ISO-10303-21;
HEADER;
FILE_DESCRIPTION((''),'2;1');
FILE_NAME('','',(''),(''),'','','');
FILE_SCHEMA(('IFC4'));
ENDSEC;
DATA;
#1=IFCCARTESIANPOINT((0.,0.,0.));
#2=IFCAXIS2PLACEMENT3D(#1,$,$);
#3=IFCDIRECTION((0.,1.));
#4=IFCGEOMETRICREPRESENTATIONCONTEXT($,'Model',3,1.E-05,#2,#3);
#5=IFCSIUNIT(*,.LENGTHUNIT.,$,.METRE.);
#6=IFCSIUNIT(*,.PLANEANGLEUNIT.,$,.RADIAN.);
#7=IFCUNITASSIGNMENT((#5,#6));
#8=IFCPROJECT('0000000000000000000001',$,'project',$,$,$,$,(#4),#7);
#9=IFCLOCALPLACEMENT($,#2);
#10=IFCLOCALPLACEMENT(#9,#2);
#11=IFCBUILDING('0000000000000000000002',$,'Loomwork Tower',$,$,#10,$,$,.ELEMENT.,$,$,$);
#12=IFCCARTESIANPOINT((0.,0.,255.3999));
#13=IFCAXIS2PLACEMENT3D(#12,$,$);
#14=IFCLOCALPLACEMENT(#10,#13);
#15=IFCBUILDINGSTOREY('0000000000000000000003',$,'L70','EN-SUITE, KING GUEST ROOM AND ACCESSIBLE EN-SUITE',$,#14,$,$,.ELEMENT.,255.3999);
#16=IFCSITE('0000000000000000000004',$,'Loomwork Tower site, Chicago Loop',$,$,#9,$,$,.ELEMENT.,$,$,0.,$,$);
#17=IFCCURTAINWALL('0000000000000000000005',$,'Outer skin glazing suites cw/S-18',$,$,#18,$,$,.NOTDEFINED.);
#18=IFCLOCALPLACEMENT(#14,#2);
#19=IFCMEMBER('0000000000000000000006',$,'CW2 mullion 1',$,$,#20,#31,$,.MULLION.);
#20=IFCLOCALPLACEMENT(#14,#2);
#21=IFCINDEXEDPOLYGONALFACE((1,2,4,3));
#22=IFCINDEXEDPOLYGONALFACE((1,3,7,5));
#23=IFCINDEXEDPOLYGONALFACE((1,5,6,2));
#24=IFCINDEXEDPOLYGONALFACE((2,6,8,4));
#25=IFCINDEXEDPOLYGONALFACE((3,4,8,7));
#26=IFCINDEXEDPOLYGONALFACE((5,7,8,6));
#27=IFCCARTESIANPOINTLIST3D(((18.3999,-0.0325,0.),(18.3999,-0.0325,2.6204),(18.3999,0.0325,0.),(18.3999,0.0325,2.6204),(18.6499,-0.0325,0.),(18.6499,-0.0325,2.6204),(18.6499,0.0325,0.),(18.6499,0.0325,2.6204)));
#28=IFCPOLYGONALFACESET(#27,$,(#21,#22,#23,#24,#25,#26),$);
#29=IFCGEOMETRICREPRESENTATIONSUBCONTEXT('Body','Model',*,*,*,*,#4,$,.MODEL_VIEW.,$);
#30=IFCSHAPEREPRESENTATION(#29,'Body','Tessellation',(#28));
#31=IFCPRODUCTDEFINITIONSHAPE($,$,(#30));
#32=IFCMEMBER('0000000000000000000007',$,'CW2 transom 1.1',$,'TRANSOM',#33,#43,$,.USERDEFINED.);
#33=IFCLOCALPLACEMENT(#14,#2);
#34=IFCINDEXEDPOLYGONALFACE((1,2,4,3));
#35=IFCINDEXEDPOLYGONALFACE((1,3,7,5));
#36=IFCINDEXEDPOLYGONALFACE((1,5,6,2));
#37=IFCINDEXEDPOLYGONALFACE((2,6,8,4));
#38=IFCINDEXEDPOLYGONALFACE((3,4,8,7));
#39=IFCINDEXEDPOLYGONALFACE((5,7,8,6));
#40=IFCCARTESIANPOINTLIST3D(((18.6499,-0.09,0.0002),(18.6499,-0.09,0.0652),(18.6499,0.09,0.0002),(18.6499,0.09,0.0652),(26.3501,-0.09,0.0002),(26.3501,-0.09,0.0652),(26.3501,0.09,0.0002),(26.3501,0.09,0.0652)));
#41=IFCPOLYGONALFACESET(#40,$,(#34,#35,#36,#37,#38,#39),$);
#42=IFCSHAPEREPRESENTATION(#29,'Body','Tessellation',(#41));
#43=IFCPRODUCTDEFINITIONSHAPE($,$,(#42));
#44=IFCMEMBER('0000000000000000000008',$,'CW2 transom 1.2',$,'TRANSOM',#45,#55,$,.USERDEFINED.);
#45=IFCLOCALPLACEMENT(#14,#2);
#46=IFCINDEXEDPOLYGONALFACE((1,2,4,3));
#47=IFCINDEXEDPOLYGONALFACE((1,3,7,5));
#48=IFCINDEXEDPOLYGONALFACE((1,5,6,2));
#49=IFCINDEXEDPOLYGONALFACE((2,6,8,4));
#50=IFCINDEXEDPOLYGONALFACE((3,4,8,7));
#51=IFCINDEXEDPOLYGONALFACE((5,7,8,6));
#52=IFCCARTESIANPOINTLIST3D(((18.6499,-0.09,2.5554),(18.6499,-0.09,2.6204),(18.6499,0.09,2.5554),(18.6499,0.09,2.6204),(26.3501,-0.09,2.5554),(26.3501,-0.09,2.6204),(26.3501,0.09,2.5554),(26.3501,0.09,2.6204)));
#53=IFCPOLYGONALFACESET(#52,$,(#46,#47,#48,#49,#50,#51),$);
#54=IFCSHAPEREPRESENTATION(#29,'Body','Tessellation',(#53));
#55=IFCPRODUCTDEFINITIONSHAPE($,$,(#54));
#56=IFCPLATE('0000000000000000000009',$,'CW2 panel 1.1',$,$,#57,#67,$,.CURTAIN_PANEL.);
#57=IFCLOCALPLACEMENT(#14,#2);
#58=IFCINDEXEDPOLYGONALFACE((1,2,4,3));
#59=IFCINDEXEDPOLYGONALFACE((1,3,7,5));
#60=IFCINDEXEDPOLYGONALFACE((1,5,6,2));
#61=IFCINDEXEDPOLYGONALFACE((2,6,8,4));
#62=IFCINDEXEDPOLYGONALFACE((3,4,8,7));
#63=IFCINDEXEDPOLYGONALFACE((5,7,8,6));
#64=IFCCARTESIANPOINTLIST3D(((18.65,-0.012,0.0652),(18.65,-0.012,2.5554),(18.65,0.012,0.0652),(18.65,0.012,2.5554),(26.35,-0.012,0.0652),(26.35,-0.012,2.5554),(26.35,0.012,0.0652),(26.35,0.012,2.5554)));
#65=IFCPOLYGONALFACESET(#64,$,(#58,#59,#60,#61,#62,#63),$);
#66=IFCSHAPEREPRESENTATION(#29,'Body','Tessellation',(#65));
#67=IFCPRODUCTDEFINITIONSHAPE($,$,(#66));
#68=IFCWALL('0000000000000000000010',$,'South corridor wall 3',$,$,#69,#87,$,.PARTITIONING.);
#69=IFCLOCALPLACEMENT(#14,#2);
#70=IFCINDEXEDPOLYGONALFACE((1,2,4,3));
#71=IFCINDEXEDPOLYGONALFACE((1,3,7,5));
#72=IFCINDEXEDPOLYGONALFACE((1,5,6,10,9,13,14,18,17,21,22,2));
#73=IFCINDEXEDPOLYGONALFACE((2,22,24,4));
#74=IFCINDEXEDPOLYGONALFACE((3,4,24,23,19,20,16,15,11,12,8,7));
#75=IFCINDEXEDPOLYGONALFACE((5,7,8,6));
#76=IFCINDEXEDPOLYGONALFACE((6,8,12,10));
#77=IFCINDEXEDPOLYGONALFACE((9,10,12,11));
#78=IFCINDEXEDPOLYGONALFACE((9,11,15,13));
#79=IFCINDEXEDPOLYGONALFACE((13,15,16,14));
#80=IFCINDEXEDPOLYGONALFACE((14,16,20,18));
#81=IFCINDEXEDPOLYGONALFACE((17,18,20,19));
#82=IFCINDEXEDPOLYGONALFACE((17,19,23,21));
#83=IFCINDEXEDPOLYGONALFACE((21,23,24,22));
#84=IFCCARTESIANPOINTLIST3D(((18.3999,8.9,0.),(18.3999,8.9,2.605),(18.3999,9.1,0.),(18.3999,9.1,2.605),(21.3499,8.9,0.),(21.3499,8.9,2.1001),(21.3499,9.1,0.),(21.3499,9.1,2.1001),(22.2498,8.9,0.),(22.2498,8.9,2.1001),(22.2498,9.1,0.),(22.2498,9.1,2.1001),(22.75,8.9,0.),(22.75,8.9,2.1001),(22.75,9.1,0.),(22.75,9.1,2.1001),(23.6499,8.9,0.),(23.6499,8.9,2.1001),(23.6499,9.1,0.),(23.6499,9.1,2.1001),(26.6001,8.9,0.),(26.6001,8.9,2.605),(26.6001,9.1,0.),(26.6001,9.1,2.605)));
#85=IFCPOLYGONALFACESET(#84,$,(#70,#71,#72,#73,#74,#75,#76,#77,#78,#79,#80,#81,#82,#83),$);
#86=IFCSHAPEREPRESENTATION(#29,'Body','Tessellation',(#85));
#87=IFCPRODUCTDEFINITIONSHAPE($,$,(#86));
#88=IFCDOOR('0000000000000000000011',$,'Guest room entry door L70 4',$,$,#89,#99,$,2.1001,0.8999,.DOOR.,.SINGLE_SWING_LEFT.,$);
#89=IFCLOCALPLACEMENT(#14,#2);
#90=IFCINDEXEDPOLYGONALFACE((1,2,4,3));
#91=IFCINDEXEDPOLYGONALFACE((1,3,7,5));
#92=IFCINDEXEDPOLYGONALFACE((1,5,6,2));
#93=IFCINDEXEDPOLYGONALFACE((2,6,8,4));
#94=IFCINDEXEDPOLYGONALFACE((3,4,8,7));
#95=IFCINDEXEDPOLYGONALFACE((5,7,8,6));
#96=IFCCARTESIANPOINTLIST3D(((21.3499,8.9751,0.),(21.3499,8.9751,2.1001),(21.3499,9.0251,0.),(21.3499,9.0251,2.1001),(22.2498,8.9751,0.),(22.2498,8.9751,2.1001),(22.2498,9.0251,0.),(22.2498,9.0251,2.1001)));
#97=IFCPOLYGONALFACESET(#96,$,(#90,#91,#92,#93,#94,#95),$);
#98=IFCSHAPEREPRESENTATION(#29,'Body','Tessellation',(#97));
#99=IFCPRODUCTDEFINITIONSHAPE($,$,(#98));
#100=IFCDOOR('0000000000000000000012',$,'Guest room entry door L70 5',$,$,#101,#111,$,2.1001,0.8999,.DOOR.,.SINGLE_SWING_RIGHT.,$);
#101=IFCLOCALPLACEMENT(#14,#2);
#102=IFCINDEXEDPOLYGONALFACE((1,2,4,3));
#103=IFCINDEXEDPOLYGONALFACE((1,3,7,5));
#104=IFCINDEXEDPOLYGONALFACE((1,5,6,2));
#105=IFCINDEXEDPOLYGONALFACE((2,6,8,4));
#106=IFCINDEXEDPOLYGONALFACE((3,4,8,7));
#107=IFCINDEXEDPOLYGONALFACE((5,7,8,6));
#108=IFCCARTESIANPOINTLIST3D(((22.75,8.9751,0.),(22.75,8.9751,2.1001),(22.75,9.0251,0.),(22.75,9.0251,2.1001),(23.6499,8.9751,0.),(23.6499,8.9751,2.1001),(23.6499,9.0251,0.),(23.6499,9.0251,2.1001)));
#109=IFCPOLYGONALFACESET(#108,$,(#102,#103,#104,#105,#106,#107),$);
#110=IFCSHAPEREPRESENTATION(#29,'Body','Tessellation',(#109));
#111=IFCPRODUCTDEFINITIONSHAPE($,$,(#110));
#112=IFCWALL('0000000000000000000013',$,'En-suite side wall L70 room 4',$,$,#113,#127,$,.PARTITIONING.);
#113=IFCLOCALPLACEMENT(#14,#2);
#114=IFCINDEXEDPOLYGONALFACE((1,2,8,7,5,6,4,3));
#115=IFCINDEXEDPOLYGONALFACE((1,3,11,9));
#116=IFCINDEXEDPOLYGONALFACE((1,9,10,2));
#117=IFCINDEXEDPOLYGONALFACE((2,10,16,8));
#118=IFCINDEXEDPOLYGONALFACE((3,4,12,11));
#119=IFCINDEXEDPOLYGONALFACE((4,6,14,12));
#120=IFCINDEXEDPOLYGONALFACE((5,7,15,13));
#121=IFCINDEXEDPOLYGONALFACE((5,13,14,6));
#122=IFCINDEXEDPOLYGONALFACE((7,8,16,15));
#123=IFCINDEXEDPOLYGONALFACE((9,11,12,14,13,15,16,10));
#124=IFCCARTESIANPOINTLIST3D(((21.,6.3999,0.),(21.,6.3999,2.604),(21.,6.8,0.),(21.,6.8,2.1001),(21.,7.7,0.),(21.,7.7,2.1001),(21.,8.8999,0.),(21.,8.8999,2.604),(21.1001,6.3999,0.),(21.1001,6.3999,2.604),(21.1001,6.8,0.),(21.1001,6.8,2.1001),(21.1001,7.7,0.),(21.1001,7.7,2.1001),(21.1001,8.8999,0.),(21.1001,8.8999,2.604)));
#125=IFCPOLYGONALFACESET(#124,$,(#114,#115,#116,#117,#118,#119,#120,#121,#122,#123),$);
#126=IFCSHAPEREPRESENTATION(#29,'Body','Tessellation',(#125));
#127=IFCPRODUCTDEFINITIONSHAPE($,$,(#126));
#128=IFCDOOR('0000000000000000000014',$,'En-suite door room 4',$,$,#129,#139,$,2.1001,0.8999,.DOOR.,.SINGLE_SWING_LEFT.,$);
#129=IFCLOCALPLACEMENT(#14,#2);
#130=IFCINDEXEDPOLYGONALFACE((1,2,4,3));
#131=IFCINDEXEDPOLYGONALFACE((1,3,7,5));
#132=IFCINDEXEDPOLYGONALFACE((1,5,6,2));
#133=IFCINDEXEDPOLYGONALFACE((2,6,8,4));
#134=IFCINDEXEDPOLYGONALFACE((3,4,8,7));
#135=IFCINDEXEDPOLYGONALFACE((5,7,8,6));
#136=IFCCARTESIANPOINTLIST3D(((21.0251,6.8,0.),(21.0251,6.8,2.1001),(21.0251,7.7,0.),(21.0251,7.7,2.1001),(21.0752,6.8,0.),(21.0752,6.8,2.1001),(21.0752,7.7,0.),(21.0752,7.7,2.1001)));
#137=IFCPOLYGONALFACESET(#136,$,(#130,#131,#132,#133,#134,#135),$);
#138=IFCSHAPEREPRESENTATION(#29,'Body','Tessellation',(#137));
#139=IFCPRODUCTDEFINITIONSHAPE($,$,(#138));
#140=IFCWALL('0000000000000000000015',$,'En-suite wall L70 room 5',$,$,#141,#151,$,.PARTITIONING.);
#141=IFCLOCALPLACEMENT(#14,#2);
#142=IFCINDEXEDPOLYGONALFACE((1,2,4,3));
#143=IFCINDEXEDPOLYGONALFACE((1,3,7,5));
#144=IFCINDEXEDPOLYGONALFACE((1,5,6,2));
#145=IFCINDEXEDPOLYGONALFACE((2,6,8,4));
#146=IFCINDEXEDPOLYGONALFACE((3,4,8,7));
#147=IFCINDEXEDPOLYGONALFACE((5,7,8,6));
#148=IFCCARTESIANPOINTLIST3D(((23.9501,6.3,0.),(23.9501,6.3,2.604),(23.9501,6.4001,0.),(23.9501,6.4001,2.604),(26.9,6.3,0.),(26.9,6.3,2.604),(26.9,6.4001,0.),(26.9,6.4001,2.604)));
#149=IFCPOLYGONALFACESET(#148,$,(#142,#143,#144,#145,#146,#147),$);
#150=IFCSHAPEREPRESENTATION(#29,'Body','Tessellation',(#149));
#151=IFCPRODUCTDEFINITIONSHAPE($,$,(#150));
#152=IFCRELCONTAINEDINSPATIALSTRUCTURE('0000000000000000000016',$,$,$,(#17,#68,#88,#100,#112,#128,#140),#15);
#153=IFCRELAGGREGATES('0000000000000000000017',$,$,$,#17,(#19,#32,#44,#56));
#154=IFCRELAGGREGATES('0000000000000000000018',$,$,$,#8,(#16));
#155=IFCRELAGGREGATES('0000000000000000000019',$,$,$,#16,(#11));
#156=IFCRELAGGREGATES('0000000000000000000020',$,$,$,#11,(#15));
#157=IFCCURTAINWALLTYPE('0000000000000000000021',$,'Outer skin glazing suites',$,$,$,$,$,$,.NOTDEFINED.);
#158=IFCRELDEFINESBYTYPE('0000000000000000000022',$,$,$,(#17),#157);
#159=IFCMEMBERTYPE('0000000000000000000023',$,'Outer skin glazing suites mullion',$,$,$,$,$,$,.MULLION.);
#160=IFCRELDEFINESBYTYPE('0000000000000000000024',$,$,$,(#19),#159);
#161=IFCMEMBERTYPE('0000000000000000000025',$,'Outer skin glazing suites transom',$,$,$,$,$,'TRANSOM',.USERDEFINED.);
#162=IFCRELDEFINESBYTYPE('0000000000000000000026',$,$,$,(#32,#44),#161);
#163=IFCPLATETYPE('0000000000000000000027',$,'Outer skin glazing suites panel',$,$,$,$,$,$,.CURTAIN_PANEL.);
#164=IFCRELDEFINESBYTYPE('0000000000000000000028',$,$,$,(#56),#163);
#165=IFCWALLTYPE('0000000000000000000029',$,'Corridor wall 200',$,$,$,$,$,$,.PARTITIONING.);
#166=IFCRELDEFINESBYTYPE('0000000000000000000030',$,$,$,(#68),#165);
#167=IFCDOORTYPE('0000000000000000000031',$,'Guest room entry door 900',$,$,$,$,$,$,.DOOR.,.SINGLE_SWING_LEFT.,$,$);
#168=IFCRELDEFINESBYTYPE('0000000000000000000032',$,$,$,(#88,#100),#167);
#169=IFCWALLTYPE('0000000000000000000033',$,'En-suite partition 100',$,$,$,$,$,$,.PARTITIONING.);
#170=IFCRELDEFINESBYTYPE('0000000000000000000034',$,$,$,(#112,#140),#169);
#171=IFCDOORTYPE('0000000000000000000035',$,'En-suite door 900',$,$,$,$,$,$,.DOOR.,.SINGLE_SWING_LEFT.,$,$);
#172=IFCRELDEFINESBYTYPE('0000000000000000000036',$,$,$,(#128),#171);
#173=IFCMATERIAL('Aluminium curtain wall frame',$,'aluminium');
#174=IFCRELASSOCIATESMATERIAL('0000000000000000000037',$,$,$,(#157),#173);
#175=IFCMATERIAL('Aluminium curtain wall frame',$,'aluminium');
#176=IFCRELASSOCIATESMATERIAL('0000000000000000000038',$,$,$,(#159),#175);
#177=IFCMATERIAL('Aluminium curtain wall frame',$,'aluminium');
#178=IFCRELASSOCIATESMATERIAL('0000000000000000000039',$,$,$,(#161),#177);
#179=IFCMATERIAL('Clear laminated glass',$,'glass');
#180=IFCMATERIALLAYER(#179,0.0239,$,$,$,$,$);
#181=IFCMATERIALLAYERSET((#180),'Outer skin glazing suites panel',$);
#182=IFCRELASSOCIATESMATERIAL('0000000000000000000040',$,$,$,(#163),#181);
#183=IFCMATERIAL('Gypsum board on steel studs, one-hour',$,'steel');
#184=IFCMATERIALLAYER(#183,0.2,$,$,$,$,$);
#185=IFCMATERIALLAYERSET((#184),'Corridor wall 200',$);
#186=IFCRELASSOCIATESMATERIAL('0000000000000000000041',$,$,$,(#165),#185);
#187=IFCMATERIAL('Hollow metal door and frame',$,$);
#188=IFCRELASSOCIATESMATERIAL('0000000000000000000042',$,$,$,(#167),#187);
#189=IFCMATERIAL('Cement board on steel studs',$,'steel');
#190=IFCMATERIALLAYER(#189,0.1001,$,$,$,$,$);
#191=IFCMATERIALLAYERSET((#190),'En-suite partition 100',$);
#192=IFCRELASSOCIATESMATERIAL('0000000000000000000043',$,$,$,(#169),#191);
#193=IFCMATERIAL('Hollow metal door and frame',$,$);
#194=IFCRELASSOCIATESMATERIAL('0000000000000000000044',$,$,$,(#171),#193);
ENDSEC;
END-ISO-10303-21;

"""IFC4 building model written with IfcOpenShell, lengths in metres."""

from ifc_helpers import new_model, si_unit, direction, frame, frame_2d, origin, origin_2d, place, context, subcontext, project, spatial, rectangle, extrude, material, layer, layer_set, material_profile, profile_set, type_object, element, fill, aggregate, save


model = new_model("IFC4")

# Units and contexts
model_context = context("Model", 3, precision=1e-05, world=origin(), true_north=direction((0.0, 1.0)))
body_context = subcontext(model_context, "Body", "Model", "MODEL_VIEW")
ifc_project = project(units=[si_unit("LENGTHUNIT", "METRE"), si_unit("PLANEANGLEUNIT", "RADIAN")], contexts=[model_context])

# Site, building, storey
site_placement = place(None, origin())
site = spatial("IfcSite", under=ifc_project, at=site_placement, Name="Loomwork Tower site, Chicago Loop", CompositionType="ELEMENT", RefElevation=0.0)
building_placement = place(site_placement, origin())
building = spatial("IfcBuilding", under=site, at=building_placement, Name="Loomwork Tower", CompositionType="ELEMENT")
storey_placement = place(building_placement, frame((0.0, 0.0, 255.3999)))
storey = spatial("IfcBuildingStorey", under=building, at=storey_placement, Name="L70", Description="EN-SUITE, KING GUEST ROOM AND ACCESSIBLE EN-SUITE", CompositionType="ELEMENT", Elevation=255.3999)

# Curtain wall, members, plate
ifc_material_1 = material(Name="Aluminium curtain wall frame", Category="aluminium")
curtain_wall_type = type_object("IfcCurtainWallType", Name="Outer skin glazing suites", PredefinedType="NOTDEFINED", material=ifc_material_1)
curtain_wall_placement = place(storey_placement, origin())
curtain_wall = element("IfcCurtainWall", 1, at=curtain_wall_placement, inside=storey, type_object=curtain_wall_type, Name="Outer skin glazing suites cw/S-18", PredefinedType="NOTDEFINED")
ifc_material_2 = material(Name="Aluminium curtain wall frame", Category="aluminium")
ifc_material_profile_1 = material_profile(ifc_material_2, rectangle(XDim=0.0649, YDim=0.25, at=origin_2d()), Name="AL 65x250")
ifc_profile_set_1 = profile_set([ifc_material_profile_1], Name="Aluminium curtain wall frame")
member_type_1 = type_object("IfcMemberType", Name="Outer skin glazing suites mullion", PredefinedType="MULLION", material=ifc_profile_set_1)
member_1_placement = place(storey_placement, frame((18.5249, 0.0, 0.0), z_axis=(0.0, 0.0, 1.0), x_axis=(0.0, 1.0, 0.0)))
member_1 = element("IfcMember", 2, at=member_1_placement, type_object=member_type_1, Name="CW2 mullion 1", PredefinedType="MULLION", context=body_context, shape_type="SweptSolid", body=[
    extrude(rectangle(XDim=0.0649, YDim=0.25, at=origin_2d()), origin(), (0.0, 0.0, 1.0), 2.6204),
])
ifc_material_3 = material(Name="Aluminium curtain wall frame", Category="aluminium")
ifc_material_profile_2 = material_profile(ifc_material_3, rectangle(XDim=0.1799, YDim=0.0649, at=origin_2d()), Name="AL 65x180")
ifc_profile_set_2 = profile_set([ifc_material_profile_2], Name="Aluminium curtain wall frame")
member_type_2 = type_object("IfcMemberType", Name="Outer skin glazing suites transom", ElementType="TRANSOM", PredefinedType="USERDEFINED", material=ifc_profile_set_2)
member_2_placement = place(storey_placement, frame((18.6499, 0.0, 0.0327), z_axis=(1.0, 0.0, 0.0), x_axis=(0.0, 1.0, 0.0)))
member_2 = element("IfcMember", 3, at=member_2_placement, type_object=member_type_2, Name="CW2 transom 1.1", ObjectType="TRANSOM", PredefinedType="USERDEFINED", context=body_context, shape_type="SweptSolid", body=[
    extrude(rectangle(XDim=0.1799, YDim=0.0649, at=origin_2d()), origin(), (0.0, 0.0, 1.0), 7.7002),
])
member_3_placement = place(storey_placement, frame((18.6499, 0.0, 2.5879), z_axis=(1.0, 0.0, 0.0), x_axis=(0.0, 1.0, 0.0)))
member_3 = element("IfcMember", 4, at=member_3_placement, type_object=member_type_2, Name="CW2 transom 1.2", ObjectType="TRANSOM", PredefinedType="USERDEFINED", context=body_context, shape_type="SweptSolid", body=[
    extrude(rectangle(XDim=0.1799, YDim=0.0649, at=origin_2d()), origin(), (0.0, 0.0, 1.0), 7.7002),
])
ifc_material_4 = material(Name="Clear laminated glass", Category="glass")
ifc_layer_1 = layer(ifc_material_4, 0.0239)
ifc_layer_set_1 = layer_set([ifc_layer_1], Name="Outer skin glazing suites panel")
plate_type = type_object("IfcPlateType", Name="Outer skin glazing suites panel", PredefinedType="CURTAIN_PANEL", material=ifc_layer_set_1)
plate_placement = place(storey_placement, frame((22.5, 0.0, 0.0652), z_axis=(0.0, 0.0, 1.0), x_axis=(1.0, 0.0, 0.0)))
plate = element("IfcPlate", 5, at=plate_placement, type_object=plate_type, Name="CW2 panel 1.1", PredefinedType="CURTAIN_PANEL", context=body_context, shape_type="SweptSolid", body=[
    extrude(rectangle(XDim=7.7, YDim=0.0239, at=origin_2d()), origin(), (0.0, 0.0, 1.0), 2.4902),
])
aggregate(curtain_wall, [member_1, member_2, member_3, plate])

# Wall, openings, doors
ifc_material_5 = material(Name="Gypsum board on steel studs, one-hour", Category="steel")
ifc_layer_2 = layer(ifc_material_5, 0.2)
ifc_layer_set_2 = layer_set([ifc_layer_2], Name="Corridor wall 200")
wall_type_1 = type_object("IfcWallType", Name="Corridor wall 200", PredefinedType="PARTITIONING", material=ifc_layer_set_2)
wall_1_placement = place(storey_placement, frame((18.3999, 9.0, 0.0), z_axis=(0.0, 0.0, 1.0), x_axis=(1.0, 0.0, 0.0)))
wall_1 = element("IfcWall", 6, at=wall_1_placement, inside=storey, type_object=wall_type_1, Name="South corridor wall 3", PredefinedType="PARTITIONING", context=body_context, shape_type="SweptSolid", body=[
    extrude(rectangle(XDim=8.2002, YDim=0.2, at=frame_2d((4.1001, 0.0))), origin(), (0.0, 0.0, 1.0), 2.605),
])
opening_1_placement = place(wall_1_placement, frame((2.95, 0.0, 0.0)))
opening_1 = element("IfcOpeningElement", 7, at=opening_1_placement, cuts=wall_1, PredefinedType="OPENING", context=body_context, shape_type="SweptSolid", body=[
    extrude(rectangle(XDim=0.8999, YDim=2.1001, at=frame_2d((0.45, 1.05))), frame((0.0, 0.1099, 0.0), z_axis=(0.0, -1.0, 0.0), x_axis=(1.0, 0.0, 0.0)), (0.0, 0.0, 1.0), 0.22),
])
opening_2_placement = place(wall_1_placement, frame((4.3501, 0.0, 0.0)))
opening_2 = element("IfcOpeningElement", 8, at=opening_2_placement, cuts=wall_1, PredefinedType="OPENING", context=body_context, shape_type="SweptSolid", body=[
    extrude(rectangle(XDim=0.8999, YDim=2.1001, at=frame_2d((0.45, 1.05))), frame((0.0, 0.1099, 0.0), z_axis=(0.0, -1.0, 0.0), x_axis=(1.0, 0.0, 0.0)), (0.0, 0.0, 1.0), 0.22),
])
ifc_material_6 = material(Name="Hollow metal door and frame")
door_type_1 = type_object("IfcDoorType", Name="Guest room entry door 900", OperationType="SINGLE_SWING_LEFT", PredefinedType="DOOR", material=ifc_material_6)
door_1_placement = place(opening_1_placement, frame((0.8999, 0.0, 0.0), z_axis=(0.0, 0.0, 1.0), x_axis=(-1.0, 0.0, 0.0)))
door_1 = element("IfcDoor", 9, at=door_1_placement, inside=storey, type_object=door_type_1, Name="Guest room entry door L70 4", OperationType="SINGLE_SWING_LEFT", OverallHeight=2.1001, OverallWidth=0.8999, PredefinedType="DOOR", context=body_context, shape_type="SweptSolid", body=[
    extrude(rectangle(XDim=0.8999, YDim=2.1001, at=frame_2d((0.45, 1.05))), frame((0.0, 0.0249, 0.0), z_axis=(0.0, -1.0, 0.0), x_axis=(1.0, 0.0, 0.0)), (0.0, 0.0, 1.0), 0.05),
])
fill(opening_1, door_1)
door_2_placement = place(opening_2_placement, frame((0.8999, 0.0, 0.0), z_axis=(0.0, 0.0, 1.0), x_axis=(-1.0, 0.0, 0.0)))
door_2 = element("IfcDoor", 10, at=door_2_placement, inside=storey, type_object=door_type_1, Name="Guest room entry door L70 5", OperationType="SINGLE_SWING_RIGHT", OverallHeight=2.1001, OverallWidth=0.8999, PredefinedType="DOOR", context=body_context, shape_type="SweptSolid", body=[
    extrude(rectangle(XDim=0.8999, YDim=2.1001, at=frame_2d((0.45, 1.05))), frame((0.0, 0.0249, 0.0), z_axis=(0.0, -1.0, 0.0), x_axis=(1.0, 0.0, 0.0)), (0.0, 0.0, 1.0), 0.05),
])
fill(opening_2, door_2)

# Wall, opening, door
ifc_material_7 = material(Name="Cement board on steel studs", Category="steel")
ifc_layer_3 = layer(ifc_material_7, 0.1001)
ifc_layer_set_3 = layer_set([ifc_layer_3], Name="En-suite partition 100")
wall_type_2 = type_object("IfcWallType", Name="En-suite partition 100", PredefinedType="PARTITIONING", material=ifc_layer_set_3)
wall_2_placement = place(storey_placement, frame((21.05, 8.8999, 0.0), z_axis=(0.0, 0.0, 1.0), x_axis=(0.0, -1.0, 0.0)))
wall_2 = element("IfcWall", 11, at=wall_2_placement, inside=storey, type_object=wall_type_2, Name="En-suite side wall L70 room 4", PredefinedType="PARTITIONING", context=body_context, shape_type="SweptSolid", body=[
    extrude(rectangle(XDim=2.5, YDim=0.1001, at=frame_2d((1.25, 0.0))), origin(), (0.0, 0.0, 1.0), 2.604),
])
opening_3_placement = place(wall_2_placement, frame((1.2, 0.0, 0.0)))
opening_3 = element("IfcOpeningElement", 12, at=opening_3_placement, cuts=wall_2, PredefinedType="OPENING", context=body_context, shape_type="SweptSolid", body=[
    extrude(rectangle(XDim=0.8999, YDim=2.1001, at=frame_2d((0.45, 1.05))), frame((0.0, 0.0601, 0.0), z_axis=(0.0, -1.0, 0.0), x_axis=(1.0, 0.0, 0.0)), (0.0, 0.0, 1.0), 0.1201),
])
ifc_material_8 = material(Name="Hollow metal door and frame")
door_type_2 = type_object("IfcDoorType", Name="En-suite door 900", OperationType="SINGLE_SWING_LEFT", PredefinedType="DOOR", material=ifc_material_8)
door_3_placement = place(opening_3_placement, frame((0.8999, 0.0, 0.0), z_axis=(0.0, 0.0, 1.0), x_axis=(-1.0, 0.0, 0.0)))
door_3 = element("IfcDoor", 13, at=door_3_placement, inside=storey, type_object=door_type_2, Name="En-suite door room 4", OperationType="SINGLE_SWING_LEFT", OverallHeight=2.1001, OverallWidth=0.8999, PredefinedType="DOOR", context=body_context, shape_type="SweptSolid", body=[
    extrude(rectangle(XDim=0.8999, YDim=2.1001, at=frame_2d((0.45, 1.05))), frame((0.0, 0.0249, 0.0), z_axis=(0.0, -1.0, 0.0), x_axis=(1.0, 0.0, 0.0)), (0.0, 0.0, 1.0), 0.05),
])
fill(opening_3, door_3)

# Wall
wall_3_placement = place(storey_placement, frame((23.95, 6.3501, 0.0), z_axis=(0.0, 0.0, 1.0), x_axis=(1.0, 0.0, 0.0)))
element("IfcWall", 14, at=wall_3_placement, inside=storey, type_object=wall_type_2, Name="En-suite wall L70 room 5", PredefinedType="PARTITIONING", context=body_context, shape_type="SweptSolid", body=[
    extrude(rectangle(XDim=2.95, YDim=0.1001, at=frame_2d((1.4751, 0.0))), origin(), (0.0, 0.0, 1.0), 2.604),
])

save(model, "model.ifc")
